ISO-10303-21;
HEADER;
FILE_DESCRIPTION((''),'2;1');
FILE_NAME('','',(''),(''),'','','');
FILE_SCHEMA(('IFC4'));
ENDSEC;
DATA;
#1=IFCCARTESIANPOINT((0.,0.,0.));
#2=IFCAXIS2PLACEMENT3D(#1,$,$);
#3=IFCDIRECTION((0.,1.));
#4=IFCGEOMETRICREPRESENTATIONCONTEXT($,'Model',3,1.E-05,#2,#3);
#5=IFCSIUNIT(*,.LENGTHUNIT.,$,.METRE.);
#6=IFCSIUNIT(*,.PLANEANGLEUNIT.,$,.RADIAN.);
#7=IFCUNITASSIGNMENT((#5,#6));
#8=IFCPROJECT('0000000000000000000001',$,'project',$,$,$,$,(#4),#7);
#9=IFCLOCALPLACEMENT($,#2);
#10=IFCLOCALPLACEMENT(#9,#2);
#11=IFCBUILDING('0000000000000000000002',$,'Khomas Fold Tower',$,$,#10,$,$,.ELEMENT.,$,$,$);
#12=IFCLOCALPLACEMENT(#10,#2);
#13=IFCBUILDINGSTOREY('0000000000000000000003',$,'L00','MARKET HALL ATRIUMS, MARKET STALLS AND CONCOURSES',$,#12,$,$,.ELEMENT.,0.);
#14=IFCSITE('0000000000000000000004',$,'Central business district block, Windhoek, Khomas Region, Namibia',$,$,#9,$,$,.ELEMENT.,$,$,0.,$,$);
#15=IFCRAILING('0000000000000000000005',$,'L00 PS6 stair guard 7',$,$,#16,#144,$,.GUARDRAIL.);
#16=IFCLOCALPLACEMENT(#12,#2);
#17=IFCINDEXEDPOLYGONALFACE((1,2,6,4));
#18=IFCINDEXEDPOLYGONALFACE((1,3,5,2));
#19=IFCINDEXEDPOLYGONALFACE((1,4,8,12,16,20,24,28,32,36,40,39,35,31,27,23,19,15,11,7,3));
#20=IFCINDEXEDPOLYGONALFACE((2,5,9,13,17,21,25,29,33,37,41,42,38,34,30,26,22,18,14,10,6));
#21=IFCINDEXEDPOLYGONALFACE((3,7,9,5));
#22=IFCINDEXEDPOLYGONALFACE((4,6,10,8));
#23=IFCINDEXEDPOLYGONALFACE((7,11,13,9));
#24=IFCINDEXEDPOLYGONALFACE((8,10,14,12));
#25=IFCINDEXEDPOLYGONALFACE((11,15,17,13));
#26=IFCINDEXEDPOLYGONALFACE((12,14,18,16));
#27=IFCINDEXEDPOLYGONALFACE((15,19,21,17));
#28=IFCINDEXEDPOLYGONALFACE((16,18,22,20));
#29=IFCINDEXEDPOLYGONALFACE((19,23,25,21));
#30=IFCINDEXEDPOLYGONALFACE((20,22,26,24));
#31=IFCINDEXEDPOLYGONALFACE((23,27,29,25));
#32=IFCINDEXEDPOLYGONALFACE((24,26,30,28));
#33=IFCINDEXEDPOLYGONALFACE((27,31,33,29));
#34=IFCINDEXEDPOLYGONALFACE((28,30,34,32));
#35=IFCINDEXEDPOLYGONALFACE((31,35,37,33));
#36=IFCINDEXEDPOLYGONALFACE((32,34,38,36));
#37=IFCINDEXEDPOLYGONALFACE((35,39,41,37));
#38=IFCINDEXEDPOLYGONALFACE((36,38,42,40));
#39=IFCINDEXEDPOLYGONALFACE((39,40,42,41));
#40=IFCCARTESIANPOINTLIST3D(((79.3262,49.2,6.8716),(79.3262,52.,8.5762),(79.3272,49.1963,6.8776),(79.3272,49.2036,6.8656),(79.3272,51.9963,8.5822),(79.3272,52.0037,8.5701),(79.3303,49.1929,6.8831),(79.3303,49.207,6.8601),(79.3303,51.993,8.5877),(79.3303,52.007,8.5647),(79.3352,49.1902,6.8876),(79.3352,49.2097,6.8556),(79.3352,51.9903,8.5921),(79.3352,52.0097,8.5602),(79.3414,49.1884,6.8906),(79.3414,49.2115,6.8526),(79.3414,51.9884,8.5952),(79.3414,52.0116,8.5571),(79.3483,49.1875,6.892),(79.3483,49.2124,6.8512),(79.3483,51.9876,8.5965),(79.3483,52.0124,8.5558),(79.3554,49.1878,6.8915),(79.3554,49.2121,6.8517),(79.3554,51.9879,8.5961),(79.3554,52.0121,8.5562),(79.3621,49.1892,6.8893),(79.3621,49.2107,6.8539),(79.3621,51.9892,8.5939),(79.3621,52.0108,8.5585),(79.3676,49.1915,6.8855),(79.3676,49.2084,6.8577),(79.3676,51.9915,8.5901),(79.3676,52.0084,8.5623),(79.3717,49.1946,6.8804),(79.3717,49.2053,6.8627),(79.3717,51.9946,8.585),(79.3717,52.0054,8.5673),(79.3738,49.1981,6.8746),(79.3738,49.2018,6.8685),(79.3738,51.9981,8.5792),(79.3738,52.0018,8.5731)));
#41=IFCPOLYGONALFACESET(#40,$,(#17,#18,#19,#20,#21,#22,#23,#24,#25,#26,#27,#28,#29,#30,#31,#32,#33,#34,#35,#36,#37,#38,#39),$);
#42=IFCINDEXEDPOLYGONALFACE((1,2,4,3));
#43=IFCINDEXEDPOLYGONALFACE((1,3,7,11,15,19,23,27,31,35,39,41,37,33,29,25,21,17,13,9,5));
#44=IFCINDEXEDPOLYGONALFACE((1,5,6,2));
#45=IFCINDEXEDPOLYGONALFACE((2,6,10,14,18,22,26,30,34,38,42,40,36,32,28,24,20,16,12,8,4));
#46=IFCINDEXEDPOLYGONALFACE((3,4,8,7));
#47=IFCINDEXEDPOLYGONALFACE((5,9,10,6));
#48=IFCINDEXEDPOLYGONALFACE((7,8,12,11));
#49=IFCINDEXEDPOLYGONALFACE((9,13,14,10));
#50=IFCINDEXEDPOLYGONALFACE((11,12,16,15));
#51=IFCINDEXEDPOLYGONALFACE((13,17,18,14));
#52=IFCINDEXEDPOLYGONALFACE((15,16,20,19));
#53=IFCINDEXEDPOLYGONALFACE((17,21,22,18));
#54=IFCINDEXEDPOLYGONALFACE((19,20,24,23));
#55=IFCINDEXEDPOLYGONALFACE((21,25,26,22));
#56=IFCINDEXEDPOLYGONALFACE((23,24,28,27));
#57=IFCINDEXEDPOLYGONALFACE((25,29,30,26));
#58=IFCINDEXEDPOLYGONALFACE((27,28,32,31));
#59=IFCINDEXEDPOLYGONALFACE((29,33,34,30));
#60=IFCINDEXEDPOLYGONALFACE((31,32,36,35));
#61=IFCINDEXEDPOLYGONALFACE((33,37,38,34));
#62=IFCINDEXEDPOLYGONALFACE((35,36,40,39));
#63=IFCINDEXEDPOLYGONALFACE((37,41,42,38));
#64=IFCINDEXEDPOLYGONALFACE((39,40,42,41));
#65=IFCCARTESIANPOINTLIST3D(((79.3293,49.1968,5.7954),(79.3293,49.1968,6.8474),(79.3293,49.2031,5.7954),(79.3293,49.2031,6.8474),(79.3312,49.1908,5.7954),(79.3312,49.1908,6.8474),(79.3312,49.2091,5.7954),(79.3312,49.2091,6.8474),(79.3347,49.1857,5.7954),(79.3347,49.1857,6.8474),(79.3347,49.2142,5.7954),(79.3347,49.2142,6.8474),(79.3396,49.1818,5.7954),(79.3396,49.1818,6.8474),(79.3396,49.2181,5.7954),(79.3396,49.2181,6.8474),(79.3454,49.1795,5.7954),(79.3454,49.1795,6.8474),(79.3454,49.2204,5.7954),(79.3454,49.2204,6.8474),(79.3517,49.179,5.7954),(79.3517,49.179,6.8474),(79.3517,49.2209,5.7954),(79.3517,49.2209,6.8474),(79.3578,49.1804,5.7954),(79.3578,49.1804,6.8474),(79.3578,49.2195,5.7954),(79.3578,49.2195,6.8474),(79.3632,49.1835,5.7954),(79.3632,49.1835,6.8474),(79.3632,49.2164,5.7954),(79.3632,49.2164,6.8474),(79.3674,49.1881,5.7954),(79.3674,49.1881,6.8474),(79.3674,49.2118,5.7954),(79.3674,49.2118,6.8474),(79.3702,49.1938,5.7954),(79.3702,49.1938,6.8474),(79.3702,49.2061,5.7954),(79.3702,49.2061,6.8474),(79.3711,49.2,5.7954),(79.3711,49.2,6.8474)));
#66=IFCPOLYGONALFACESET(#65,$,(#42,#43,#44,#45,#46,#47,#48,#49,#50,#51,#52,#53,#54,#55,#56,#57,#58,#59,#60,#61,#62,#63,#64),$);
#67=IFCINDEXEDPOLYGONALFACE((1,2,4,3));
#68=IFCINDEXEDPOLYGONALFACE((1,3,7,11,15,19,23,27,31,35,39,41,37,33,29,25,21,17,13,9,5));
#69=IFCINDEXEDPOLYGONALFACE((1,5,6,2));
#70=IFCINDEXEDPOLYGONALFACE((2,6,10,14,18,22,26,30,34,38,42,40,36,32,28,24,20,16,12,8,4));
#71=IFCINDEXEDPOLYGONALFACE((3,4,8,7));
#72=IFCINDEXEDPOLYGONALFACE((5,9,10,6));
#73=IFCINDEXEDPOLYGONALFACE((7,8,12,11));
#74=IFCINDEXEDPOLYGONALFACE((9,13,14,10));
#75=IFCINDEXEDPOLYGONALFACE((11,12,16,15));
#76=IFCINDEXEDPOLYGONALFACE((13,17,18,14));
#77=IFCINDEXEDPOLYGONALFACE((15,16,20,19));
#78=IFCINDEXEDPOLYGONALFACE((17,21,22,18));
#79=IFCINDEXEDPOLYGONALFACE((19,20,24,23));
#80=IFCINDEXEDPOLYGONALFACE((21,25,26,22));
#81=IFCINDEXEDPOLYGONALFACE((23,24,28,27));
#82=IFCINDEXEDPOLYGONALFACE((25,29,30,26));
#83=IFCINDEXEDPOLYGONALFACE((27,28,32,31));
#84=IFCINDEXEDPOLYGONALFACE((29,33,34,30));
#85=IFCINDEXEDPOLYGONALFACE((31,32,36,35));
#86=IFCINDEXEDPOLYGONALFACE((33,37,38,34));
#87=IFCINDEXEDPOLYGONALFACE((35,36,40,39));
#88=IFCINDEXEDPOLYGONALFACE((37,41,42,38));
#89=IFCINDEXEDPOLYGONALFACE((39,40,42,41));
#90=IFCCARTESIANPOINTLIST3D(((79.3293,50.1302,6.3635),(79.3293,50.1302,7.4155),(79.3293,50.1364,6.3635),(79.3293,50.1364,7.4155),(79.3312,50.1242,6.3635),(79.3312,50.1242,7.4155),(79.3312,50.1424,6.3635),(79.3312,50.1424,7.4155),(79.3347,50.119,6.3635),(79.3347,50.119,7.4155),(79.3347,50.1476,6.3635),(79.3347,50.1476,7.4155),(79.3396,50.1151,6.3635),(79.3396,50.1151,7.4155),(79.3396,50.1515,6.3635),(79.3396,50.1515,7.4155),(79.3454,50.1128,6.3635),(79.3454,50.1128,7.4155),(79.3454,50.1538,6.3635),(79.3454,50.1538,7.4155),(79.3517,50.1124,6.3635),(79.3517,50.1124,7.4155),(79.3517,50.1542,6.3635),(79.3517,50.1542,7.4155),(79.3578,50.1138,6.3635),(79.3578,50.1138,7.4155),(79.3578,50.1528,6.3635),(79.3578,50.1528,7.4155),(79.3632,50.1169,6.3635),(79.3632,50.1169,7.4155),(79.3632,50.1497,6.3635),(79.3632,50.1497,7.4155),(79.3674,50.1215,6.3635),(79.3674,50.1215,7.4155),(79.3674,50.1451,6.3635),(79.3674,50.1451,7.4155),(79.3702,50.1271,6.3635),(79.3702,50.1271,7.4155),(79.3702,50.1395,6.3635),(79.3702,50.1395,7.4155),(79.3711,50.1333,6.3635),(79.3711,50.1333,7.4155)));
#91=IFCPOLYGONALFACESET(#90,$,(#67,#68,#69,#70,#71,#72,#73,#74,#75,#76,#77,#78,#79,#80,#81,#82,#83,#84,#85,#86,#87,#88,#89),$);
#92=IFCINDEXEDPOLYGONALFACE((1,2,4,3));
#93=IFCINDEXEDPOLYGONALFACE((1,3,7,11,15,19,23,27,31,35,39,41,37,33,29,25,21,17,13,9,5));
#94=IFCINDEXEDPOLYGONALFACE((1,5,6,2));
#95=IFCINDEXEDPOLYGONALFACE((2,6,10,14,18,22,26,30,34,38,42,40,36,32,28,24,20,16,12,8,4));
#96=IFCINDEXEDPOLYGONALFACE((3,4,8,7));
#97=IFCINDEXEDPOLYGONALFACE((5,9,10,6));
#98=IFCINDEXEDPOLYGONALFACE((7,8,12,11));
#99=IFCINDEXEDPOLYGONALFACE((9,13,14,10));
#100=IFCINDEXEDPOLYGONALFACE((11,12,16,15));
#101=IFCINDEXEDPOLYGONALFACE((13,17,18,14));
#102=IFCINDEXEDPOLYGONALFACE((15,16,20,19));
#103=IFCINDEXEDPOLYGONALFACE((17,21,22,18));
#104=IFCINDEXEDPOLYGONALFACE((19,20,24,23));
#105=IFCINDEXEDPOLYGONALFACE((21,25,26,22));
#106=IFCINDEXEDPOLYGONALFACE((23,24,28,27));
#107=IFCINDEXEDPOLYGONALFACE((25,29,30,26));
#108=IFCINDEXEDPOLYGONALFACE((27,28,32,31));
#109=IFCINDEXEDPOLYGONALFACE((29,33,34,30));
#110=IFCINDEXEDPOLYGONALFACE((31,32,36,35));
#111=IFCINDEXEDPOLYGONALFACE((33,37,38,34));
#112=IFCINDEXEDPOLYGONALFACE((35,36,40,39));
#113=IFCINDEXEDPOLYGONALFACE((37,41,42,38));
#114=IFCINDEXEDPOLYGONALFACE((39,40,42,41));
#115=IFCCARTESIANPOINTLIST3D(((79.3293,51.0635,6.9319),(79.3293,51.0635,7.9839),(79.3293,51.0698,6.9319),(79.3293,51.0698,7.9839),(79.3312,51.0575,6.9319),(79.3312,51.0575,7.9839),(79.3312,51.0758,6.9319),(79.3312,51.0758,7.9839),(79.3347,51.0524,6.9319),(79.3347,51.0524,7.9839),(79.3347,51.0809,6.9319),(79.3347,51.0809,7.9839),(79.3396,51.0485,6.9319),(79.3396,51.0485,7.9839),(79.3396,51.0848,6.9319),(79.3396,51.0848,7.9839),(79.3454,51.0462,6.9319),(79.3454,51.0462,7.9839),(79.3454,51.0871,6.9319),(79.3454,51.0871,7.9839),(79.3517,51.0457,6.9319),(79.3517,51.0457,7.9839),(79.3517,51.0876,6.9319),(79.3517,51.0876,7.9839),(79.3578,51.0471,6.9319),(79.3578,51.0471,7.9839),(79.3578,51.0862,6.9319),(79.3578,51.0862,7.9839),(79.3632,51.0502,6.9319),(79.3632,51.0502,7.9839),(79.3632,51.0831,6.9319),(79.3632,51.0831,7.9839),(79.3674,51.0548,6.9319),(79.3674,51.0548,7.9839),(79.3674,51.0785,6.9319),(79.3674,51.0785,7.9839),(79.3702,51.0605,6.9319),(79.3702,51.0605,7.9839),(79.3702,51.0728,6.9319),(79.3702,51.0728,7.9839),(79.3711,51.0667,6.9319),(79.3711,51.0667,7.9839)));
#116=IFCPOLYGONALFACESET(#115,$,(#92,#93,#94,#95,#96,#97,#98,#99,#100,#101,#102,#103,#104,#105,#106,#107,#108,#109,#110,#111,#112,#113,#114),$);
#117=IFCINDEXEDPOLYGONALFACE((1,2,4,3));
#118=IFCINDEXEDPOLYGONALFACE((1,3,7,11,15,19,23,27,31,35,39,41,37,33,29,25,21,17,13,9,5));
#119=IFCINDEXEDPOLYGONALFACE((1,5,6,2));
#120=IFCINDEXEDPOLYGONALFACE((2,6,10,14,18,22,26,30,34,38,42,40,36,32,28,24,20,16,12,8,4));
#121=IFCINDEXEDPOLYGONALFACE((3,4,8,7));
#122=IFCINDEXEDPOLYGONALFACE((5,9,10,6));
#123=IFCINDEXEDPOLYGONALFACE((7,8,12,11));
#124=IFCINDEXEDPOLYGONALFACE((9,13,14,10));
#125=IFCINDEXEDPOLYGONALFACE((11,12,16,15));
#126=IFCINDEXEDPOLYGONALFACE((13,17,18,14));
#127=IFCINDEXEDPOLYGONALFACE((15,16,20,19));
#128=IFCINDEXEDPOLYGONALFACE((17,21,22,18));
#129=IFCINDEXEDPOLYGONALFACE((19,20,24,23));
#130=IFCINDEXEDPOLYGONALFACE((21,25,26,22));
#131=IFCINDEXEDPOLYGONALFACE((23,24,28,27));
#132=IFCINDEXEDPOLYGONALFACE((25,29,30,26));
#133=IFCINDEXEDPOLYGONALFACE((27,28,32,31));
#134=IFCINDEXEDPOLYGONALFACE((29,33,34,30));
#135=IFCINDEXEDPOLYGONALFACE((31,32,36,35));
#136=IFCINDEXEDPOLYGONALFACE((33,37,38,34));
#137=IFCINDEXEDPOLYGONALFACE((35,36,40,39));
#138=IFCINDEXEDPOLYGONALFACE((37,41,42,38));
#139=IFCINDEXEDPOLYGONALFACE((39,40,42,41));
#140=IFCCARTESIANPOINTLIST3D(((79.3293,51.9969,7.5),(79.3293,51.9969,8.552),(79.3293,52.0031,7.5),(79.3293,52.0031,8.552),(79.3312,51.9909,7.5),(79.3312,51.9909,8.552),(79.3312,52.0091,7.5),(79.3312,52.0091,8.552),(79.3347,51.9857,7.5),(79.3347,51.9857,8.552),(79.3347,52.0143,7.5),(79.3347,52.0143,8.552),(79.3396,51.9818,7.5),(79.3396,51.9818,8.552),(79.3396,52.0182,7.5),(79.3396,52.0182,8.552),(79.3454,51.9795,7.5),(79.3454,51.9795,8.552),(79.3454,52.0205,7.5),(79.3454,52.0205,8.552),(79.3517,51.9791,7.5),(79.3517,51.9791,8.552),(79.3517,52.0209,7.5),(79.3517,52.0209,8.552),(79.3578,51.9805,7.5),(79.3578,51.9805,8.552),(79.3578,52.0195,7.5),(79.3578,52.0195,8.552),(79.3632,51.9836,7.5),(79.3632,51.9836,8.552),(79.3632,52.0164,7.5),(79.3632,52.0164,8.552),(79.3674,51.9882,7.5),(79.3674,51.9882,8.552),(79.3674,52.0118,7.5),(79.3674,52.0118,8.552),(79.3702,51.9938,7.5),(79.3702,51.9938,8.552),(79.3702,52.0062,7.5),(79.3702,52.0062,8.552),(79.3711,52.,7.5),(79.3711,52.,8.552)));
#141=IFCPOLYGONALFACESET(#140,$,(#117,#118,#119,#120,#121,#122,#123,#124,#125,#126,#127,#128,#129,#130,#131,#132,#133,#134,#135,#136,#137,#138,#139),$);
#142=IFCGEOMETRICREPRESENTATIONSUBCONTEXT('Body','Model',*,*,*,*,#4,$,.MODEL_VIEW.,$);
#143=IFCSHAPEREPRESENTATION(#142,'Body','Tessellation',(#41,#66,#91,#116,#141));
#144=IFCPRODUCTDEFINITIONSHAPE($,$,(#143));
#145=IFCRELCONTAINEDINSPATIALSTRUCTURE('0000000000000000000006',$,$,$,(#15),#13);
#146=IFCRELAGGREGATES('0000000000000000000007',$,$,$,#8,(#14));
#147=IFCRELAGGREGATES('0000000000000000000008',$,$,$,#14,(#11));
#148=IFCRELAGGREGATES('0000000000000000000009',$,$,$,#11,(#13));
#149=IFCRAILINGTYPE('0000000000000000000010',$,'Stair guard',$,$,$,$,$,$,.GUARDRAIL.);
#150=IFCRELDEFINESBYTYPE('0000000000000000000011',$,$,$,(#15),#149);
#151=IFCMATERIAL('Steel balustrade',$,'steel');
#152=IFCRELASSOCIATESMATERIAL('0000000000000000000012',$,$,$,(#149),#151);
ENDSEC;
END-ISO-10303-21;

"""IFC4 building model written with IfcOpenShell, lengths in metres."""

from ifc_helpers import new_model, si_unit, direction, frame, origin, origin_2d, place, context, subcontext, project, spatial, circle, extrude, source, transform, mapped, material, type_object, element, save


model = new_model("IFC4")

# Units and contexts
model_context = context("Model", 3, precision=1e-05, world=origin(), true_north=direction((0.0, 1.0)))
body_context = subcontext(model_context, "Body", "Model", "MODEL_VIEW")
ifc_project = project(units=[si_unit("LENGTHUNIT", "METRE"), si_unit("PLANEANGLEUNIT", "RADIAN")], contexts=[model_context])

# Site, building, storey
site_placement = place(None, origin())
site = spatial("IfcSite", under=ifc_project, at=site_placement, Name="Central business district block, Windhoek, Khomas Region, Namibia", CompositionType="ELEMENT", RefElevation=0.0)
building_placement = place(site_placement, origin())
building = spatial("IfcBuilding", under=site, at=building_placement, Name="Khomas Fold Tower", CompositionType="ELEMENT")
storey_placement = place(building_placement, origin())
storey = spatial("IfcBuildingStorey", under=building, at=storey_placement, Name="L00", Description="MARKET HALL ATRIUMS, MARKET STALLS AND CONCOURSES", CompositionType="ELEMENT", Elevation=0.0)

# Railing
ifc_material_1 = material(Name="Steel balustrade", Category="steel")
railing_type_1 = type_object("IfcRailingType", Name="Stair guard", PredefinedType="GUARDRAIL", material=ifc_material_1)
shared_shape_1 = source(origin(), body_context, "Body", "SweptSolid", [
    extrude(circle(Radius=0.0239, at=origin_2d()), frame((0.0, 0.0, 1.0762), z_axis=(0.0, 0.85417, 0.519994), x_axis=(-1.0, 0.0, 0.0)), (0.0, 0.0, 1.0), 3.2781),
    extrude(circle(Radius=0.021, at=origin_2d()), origin(), (0.0, 0.0, 1.0), 1.052),
    extrude(circle(Radius=0.021, at=origin_2d()), frame((0.0, 0.9333, 0.5681)), (0.0, 0.0, 1.0), 1.052),
    extrude(circle(Radius=0.021, at=origin_2d()), frame((0.0, 1.8667, 1.1365)), (0.0, 0.0, 1.0), 1.052),
    extrude(circle(Radius=0.021, at=origin_2d()), frame((0.0, 2.8, 1.7046)), (0.0, 0.0, 1.0), 1.052),
])
for number, where, name in (
    (1, (79.3501, 49.2, 5.7954), "L00 PS6 stair guard 7"),
):
    element("IfcRailing", number, at=place(storey_placement, frame(where)), inside=storey, type_object=railing_type_1, Name=name, PredefinedType="GUARDRAIL", context=body_context, shape_type="MappedRepresentation", body=[
        mapped(shared_shape_1, transform((0.0, 0.0, 0.0))),
    ])

save(model, "model.ifc")
